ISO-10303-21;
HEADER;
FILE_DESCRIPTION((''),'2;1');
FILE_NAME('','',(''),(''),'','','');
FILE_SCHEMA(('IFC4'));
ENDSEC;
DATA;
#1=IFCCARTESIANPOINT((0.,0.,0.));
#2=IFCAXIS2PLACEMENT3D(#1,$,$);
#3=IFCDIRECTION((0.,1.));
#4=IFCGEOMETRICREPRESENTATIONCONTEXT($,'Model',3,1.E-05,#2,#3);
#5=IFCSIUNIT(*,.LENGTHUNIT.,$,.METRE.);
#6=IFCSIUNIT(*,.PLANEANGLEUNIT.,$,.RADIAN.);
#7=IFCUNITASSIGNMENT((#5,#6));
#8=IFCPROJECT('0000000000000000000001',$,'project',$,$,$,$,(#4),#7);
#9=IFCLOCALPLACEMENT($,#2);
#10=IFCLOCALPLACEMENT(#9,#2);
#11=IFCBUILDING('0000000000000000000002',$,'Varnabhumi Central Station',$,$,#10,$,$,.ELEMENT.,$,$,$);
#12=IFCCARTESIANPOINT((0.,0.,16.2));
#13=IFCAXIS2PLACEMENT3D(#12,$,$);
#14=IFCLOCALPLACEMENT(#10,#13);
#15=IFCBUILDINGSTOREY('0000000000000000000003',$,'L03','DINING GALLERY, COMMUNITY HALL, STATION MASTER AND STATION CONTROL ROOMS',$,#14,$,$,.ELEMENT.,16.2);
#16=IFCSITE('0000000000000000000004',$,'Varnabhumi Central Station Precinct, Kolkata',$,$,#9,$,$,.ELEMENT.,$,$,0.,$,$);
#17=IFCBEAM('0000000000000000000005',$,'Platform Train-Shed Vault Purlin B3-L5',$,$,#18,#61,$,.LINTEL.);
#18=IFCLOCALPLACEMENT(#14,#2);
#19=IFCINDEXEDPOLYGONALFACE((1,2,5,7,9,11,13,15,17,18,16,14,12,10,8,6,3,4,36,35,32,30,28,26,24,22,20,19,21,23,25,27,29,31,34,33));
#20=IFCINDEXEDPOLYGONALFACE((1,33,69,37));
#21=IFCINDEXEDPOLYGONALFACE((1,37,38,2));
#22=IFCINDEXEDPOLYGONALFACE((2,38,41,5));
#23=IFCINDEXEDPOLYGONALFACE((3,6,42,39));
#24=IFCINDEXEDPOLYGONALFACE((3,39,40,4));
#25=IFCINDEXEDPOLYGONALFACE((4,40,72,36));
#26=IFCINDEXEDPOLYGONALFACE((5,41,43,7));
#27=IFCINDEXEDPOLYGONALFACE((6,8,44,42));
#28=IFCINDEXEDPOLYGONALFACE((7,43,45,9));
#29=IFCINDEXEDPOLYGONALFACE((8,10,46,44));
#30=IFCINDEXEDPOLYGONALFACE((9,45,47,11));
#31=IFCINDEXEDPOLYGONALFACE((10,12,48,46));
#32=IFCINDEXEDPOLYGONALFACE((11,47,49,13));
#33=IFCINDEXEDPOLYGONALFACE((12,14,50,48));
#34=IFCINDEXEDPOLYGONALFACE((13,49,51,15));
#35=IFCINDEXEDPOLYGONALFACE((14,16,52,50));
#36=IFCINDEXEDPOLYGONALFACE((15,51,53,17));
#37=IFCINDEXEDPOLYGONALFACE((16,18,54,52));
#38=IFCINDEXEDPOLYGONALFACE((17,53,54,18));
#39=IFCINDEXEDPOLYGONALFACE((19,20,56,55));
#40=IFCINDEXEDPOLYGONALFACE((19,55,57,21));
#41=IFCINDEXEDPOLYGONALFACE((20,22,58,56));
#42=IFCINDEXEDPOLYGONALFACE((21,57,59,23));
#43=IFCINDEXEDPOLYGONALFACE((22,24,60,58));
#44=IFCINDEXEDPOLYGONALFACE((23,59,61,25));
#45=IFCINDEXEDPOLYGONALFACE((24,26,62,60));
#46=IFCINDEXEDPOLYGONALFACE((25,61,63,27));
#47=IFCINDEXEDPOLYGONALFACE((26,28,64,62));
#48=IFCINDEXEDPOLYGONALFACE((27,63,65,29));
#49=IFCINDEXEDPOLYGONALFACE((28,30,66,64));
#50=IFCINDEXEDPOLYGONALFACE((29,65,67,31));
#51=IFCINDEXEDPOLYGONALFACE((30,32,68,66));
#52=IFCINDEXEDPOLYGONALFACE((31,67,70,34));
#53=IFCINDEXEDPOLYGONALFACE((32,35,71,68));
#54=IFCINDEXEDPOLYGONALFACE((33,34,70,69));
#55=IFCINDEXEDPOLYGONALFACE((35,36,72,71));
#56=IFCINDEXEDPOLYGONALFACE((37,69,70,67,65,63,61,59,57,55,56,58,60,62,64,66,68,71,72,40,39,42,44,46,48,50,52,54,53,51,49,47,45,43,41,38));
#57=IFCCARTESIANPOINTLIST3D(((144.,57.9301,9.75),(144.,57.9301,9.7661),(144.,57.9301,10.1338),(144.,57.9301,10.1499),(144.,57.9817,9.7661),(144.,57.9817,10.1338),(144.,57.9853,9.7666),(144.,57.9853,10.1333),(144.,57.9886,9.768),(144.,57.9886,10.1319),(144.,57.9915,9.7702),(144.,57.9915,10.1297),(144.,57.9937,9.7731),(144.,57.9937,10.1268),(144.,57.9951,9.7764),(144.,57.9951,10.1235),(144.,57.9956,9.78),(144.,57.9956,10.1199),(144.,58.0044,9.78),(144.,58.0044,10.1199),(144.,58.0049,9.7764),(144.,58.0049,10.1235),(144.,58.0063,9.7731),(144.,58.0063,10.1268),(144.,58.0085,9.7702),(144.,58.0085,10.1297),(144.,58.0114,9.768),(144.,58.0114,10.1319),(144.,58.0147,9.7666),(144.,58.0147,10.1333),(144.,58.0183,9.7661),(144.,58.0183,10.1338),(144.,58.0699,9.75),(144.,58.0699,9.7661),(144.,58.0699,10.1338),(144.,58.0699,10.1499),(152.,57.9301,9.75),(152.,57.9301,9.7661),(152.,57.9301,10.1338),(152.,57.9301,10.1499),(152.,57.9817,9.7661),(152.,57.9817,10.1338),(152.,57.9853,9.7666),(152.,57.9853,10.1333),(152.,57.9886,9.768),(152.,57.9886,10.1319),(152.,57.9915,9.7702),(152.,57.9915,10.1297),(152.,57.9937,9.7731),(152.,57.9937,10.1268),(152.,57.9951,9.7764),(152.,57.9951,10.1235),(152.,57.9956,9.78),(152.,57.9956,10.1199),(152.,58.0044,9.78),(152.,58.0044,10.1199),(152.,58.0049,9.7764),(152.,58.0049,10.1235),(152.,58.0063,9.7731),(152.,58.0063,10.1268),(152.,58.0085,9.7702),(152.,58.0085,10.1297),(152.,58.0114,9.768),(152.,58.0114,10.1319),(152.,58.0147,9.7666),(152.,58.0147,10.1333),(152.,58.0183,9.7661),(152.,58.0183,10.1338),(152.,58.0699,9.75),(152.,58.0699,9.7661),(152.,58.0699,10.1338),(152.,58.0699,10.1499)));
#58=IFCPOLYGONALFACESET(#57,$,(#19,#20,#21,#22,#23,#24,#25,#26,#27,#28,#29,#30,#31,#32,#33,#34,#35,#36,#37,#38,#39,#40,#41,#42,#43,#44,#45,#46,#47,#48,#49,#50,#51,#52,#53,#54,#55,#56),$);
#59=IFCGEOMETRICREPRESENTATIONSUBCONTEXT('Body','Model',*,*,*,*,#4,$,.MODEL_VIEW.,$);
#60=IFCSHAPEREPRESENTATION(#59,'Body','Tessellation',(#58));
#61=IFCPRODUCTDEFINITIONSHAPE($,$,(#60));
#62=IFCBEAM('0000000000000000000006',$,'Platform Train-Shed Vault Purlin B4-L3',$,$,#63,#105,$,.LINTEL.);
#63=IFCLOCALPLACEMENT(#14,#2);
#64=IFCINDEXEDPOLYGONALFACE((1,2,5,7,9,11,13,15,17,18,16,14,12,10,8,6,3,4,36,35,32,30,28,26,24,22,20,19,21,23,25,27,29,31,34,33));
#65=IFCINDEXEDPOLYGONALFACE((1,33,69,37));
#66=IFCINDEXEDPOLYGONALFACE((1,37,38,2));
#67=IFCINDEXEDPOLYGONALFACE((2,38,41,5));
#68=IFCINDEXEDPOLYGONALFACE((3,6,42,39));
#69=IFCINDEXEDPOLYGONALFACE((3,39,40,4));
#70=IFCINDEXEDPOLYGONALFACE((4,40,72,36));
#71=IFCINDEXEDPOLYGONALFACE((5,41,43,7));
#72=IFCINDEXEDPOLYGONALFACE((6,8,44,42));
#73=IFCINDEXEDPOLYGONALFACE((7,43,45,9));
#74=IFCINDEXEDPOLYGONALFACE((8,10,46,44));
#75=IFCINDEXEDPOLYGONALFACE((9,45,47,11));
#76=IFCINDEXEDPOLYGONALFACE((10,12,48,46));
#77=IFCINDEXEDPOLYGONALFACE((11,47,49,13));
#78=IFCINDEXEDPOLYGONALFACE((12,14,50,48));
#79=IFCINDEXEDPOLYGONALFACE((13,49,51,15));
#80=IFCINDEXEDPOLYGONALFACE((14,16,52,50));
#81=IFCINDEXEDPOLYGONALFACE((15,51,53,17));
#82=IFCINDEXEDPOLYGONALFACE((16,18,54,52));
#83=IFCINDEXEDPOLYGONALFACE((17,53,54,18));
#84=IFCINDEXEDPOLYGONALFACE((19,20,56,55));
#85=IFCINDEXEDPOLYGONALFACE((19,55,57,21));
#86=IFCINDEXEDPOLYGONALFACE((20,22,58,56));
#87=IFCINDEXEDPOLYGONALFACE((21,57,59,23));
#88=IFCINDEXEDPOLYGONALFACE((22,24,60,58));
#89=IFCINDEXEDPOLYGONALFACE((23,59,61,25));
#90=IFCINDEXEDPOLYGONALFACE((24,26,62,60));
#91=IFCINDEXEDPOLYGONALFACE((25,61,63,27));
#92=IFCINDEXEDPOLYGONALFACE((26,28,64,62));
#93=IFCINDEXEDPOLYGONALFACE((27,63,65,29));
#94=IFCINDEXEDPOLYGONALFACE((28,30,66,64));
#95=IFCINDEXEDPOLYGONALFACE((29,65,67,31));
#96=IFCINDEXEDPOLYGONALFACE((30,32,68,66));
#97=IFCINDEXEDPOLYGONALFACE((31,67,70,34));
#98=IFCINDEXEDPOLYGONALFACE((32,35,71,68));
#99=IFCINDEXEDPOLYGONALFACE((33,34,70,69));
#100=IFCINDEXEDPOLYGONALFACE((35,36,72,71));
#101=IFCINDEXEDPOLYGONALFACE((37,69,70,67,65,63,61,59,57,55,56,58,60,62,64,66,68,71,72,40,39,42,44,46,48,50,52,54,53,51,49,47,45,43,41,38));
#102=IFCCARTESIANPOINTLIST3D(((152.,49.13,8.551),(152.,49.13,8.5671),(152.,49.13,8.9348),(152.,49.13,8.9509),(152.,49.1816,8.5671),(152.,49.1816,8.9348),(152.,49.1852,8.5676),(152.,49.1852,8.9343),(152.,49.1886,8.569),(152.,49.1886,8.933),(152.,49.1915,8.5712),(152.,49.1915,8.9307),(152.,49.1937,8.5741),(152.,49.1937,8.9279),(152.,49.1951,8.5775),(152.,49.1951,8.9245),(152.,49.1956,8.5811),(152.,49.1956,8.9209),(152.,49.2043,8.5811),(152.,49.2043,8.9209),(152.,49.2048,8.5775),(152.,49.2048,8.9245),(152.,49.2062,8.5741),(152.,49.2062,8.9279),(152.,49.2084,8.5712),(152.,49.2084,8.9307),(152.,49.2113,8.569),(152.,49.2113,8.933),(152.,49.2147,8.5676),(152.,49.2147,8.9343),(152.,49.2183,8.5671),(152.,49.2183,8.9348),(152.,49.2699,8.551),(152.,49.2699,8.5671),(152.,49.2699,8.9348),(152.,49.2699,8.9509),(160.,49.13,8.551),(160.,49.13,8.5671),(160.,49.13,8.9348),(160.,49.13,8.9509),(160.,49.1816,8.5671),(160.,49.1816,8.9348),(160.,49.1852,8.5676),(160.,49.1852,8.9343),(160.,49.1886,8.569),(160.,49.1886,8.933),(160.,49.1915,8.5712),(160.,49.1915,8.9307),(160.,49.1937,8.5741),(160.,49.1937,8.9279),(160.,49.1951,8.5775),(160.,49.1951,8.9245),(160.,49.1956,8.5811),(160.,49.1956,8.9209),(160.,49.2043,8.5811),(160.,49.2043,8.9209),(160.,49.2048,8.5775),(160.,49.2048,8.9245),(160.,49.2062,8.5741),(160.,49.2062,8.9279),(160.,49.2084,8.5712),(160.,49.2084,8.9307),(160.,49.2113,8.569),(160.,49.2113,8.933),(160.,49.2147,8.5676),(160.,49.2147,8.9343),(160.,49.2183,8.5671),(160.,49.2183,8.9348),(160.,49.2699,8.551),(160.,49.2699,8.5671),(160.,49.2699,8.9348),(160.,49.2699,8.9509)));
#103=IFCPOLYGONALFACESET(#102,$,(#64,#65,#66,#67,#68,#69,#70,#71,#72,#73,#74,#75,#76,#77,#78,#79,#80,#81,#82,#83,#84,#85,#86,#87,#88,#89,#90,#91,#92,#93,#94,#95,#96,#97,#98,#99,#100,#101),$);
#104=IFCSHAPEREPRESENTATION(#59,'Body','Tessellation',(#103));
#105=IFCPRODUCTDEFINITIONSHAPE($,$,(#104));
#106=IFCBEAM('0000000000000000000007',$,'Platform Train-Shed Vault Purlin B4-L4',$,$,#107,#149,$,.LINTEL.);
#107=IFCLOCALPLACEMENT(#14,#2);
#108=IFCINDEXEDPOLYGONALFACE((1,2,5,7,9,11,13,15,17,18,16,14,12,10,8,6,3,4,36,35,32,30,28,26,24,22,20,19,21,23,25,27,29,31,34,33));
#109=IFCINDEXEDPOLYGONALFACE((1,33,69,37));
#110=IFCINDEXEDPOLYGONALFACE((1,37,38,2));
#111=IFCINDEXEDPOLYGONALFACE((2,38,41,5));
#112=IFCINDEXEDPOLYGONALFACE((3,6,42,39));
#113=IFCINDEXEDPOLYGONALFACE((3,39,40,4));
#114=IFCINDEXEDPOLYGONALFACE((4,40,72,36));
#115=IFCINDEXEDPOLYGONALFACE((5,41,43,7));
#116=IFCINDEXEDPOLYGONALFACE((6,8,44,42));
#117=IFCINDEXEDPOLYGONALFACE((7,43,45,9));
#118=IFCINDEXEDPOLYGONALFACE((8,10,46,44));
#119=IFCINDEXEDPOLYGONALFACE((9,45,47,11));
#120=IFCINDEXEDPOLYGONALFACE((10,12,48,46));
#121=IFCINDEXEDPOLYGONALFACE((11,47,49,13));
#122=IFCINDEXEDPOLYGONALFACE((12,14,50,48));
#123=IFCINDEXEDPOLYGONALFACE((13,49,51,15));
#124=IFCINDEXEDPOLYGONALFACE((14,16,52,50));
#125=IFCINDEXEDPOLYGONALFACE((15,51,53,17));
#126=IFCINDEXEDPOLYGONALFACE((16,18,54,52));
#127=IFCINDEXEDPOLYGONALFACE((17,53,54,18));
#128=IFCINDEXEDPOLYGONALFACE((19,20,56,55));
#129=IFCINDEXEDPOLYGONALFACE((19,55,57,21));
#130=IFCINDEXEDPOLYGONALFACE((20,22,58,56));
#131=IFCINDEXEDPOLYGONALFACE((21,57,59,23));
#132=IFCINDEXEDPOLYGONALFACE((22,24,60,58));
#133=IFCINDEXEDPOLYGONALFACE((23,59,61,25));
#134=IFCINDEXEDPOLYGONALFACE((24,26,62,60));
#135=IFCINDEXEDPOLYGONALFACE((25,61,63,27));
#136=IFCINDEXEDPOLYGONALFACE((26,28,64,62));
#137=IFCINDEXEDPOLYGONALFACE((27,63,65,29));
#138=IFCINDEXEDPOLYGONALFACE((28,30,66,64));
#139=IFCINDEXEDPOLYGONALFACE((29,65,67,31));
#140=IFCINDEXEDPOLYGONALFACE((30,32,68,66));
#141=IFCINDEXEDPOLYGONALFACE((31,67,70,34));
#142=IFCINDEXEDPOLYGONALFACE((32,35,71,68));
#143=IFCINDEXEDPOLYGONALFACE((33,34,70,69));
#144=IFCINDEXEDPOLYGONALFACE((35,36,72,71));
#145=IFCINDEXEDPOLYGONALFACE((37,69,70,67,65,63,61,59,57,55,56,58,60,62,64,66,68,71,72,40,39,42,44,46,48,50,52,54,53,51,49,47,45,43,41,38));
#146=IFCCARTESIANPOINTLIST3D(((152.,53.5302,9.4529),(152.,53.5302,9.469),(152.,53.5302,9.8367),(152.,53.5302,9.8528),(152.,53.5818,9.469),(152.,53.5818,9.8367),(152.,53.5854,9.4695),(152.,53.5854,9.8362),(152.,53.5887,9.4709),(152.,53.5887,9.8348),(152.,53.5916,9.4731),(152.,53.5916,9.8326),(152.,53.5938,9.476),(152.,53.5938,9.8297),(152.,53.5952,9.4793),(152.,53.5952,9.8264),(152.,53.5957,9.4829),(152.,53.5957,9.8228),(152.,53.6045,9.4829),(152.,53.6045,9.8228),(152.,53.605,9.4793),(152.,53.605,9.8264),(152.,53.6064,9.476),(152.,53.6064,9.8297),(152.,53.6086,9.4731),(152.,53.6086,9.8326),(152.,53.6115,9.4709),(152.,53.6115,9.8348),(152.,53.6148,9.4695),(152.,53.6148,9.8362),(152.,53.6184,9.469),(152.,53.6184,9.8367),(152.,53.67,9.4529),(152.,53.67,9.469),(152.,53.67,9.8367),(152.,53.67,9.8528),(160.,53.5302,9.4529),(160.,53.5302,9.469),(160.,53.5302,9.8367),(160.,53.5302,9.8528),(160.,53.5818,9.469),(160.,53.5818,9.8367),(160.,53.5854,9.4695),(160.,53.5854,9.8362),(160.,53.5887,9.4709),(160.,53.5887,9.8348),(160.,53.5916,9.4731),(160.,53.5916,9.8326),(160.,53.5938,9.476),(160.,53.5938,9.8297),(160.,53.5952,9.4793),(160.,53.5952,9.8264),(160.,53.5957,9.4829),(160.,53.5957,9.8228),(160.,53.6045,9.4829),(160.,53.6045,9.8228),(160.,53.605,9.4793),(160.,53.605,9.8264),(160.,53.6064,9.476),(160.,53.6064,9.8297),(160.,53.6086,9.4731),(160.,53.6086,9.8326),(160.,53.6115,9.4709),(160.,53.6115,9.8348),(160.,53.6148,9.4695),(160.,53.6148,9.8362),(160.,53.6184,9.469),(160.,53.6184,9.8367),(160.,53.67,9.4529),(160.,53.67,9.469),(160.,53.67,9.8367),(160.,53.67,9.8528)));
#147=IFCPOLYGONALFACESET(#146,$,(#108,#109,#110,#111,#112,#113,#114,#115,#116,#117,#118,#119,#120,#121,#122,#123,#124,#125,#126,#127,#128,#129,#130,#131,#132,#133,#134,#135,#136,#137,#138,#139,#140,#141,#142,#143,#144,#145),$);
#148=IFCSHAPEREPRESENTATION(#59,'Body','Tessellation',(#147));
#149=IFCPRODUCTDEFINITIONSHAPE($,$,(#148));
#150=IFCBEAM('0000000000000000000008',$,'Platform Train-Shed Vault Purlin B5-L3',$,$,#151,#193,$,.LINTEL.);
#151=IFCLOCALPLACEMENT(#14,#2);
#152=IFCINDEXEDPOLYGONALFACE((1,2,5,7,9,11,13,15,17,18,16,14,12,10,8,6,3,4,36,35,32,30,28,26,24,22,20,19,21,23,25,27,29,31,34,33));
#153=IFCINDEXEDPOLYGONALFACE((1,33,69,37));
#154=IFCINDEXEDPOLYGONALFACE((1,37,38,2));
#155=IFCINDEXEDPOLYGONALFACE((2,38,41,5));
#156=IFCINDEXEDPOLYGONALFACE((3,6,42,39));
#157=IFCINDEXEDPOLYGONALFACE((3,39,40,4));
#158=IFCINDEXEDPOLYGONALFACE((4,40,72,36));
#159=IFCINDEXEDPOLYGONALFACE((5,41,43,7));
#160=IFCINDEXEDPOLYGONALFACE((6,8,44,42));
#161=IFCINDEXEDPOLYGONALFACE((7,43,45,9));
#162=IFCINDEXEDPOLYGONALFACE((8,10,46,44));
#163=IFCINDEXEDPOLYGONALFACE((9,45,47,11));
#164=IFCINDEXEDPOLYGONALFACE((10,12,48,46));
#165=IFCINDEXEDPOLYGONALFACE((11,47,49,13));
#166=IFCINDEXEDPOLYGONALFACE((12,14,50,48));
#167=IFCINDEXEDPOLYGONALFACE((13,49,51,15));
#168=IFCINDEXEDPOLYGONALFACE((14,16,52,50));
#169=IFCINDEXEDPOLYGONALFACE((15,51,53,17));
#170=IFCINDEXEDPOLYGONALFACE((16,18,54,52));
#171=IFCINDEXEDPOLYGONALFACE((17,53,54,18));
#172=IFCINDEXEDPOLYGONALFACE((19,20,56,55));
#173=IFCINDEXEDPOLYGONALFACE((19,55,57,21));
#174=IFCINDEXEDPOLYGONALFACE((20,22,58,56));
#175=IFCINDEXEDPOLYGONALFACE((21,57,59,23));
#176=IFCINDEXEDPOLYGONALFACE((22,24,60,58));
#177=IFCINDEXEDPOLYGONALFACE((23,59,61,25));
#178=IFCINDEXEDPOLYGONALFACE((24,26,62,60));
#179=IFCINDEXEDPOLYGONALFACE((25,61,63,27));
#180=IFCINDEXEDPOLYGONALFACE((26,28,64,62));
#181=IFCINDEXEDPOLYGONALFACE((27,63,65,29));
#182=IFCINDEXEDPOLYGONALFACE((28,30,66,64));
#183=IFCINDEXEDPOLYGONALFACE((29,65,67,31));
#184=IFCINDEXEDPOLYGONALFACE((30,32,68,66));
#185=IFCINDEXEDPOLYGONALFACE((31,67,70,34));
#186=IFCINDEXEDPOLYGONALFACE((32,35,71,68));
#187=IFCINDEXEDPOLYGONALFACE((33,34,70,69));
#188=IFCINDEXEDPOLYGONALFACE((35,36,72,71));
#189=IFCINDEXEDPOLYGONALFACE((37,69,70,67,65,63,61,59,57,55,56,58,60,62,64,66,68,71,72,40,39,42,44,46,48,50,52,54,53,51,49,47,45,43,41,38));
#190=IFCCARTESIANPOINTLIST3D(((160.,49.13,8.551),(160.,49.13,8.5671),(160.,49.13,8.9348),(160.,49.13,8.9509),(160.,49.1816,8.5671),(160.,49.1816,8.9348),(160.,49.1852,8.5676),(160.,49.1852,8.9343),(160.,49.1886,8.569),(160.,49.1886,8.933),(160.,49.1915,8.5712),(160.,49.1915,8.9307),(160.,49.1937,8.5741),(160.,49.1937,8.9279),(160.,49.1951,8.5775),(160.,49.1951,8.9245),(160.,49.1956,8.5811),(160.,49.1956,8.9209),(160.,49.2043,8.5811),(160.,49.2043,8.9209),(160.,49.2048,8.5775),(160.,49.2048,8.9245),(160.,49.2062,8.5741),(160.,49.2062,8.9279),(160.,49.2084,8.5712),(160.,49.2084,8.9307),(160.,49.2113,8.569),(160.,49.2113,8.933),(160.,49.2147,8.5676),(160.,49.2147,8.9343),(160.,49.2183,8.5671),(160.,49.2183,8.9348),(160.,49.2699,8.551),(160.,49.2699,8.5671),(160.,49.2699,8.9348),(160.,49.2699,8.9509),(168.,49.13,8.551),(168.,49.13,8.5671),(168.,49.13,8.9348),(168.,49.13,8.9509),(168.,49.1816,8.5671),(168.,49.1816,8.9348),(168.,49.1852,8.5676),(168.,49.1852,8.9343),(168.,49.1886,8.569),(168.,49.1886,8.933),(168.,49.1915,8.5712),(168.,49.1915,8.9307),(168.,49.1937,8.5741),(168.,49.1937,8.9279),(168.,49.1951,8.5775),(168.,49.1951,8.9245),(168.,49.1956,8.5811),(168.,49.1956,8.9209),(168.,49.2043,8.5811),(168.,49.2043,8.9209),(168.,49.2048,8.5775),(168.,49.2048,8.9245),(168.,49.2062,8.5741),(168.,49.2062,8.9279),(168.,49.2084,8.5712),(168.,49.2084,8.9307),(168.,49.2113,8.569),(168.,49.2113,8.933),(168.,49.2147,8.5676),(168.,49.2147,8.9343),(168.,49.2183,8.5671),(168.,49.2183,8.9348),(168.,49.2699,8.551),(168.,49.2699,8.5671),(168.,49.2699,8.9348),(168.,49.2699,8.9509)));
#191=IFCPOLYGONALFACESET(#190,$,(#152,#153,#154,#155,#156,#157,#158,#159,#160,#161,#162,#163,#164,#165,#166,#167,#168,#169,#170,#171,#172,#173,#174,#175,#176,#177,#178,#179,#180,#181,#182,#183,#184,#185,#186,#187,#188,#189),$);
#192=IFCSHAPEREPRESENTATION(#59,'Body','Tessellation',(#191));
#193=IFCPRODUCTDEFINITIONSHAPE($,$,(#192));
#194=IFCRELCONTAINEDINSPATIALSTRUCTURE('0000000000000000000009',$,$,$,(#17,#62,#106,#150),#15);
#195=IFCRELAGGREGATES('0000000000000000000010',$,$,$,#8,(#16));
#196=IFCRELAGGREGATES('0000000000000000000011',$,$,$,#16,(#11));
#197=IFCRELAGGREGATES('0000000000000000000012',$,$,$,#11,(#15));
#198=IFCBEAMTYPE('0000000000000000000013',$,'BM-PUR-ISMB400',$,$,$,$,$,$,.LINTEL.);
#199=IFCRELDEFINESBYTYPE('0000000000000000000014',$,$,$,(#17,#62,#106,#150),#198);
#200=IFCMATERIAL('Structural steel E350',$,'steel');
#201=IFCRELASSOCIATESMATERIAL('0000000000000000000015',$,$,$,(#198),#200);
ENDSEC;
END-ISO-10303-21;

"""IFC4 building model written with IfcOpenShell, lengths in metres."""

from ifc_helpers import new_model, si_unit, direction, frame, origin, origin_2d, place, context, subcontext, project, spatial, i_section, extrude, material, material_profile, profile_set, type_object, element, save


model = new_model("IFC4")

# Units and contexts
model_context = context("Model", 3, precision=1e-05, world=origin(), true_north=direction((0.0, 1.0)))
body_context = subcontext(model_context, "Body", "Model", "MODEL_VIEW")
ifc_project = project(units=[si_unit("LENGTHUNIT", "METRE"), si_unit("PLANEANGLEUNIT", "RADIAN")], contexts=[model_context])

# Site, building, storey
site_placement = place(None, origin())
site = spatial("IfcSite", under=ifc_project, at=site_placement, Name="Varnabhumi Central Station Precinct, Kolkata", CompositionType="ELEMENT", RefElevation=0.0)
building_placement = place(site_placement, origin())
building = spatial("IfcBuilding", under=site, at=building_placement, Name="Varnabhumi Central Station", CompositionType="ELEMENT")
storey_placement = place(building_placement, frame((0.0, 0.0, 16.2)))
storey = spatial("IfcBuildingStorey", under=building, at=storey_placement, Name="L03", Description="DINING GALLERY, COMMUNITY HALL, STATION MASTER AND STATION CONTROL ROOMS", CompositionType="ELEMENT", Elevation=16.2)

# Beams
ifc_material_1 = material(Name="Structural steel E350", Category="steel")
ifc_material_profile_1 = material_profile(ifc_material_1, i_section(OverallWidth=0.1399, OverallDepth=0.3999, WebThickness=0.0088, FlangeThickness=0.0161, FilletRadius=0.0139, at=origin_2d()), Name="Structural steel E350", Category="steel")
ifc_profile_set_1 = profile_set([ifc_material_profile_1], Name="Structural steel E350")
beam_type_1 = type_object("IfcBeamType", Name="BM-PUR-ISMB400", PredefinedType="LINTEL", material=ifc_profile_set_1)
for number, where, z_axis, x_axis, name in (
    (1, (144.0, 58.0, 9.95), (1.0, 0.0, 0.0), (0.0, 1.0, 0.0), "Platform Train-Shed Vault Purlin B3-L5"),
    (2, (152.0, 49.2, 8.751), (1.0, 0.0, 0.0), (0.0, 1.0, 0.0), "Platform Train-Shed Vault Purlin B4-L3"),
    (3, (152.0, 53.6001, 9.6528), (1.0, 0.0, 0.0), (0.0, 1.0, 0.0), "Platform Train-Shed Vault Purlin B4-L4"),
    (4, (160.0, 49.2, 8.751), (1.0, 0.0, 0.0), (0.0, 1.0, 0.0), "Platform Train-Shed Vault Purlin B5-L3"),
):
    element("IfcBeam", number, at=place(storey_placement, frame(where, z_axis=z_axis, x_axis=x_axis)), inside=storey, type_object=beam_type_1, Name=name, PredefinedType="LINTEL", context=body_context, shape_type="SweptSolid", body=[
        extrude(i_section(OverallWidth=0.1399, OverallDepth=0.3999, WebThickness=0.0088, FlangeThickness=0.0161, FilletRadius=0.0139, at=origin_2d()), origin(), (0.0, 0.0, 1.0), 8.0),
    ])

save(model, "model.ifc")
